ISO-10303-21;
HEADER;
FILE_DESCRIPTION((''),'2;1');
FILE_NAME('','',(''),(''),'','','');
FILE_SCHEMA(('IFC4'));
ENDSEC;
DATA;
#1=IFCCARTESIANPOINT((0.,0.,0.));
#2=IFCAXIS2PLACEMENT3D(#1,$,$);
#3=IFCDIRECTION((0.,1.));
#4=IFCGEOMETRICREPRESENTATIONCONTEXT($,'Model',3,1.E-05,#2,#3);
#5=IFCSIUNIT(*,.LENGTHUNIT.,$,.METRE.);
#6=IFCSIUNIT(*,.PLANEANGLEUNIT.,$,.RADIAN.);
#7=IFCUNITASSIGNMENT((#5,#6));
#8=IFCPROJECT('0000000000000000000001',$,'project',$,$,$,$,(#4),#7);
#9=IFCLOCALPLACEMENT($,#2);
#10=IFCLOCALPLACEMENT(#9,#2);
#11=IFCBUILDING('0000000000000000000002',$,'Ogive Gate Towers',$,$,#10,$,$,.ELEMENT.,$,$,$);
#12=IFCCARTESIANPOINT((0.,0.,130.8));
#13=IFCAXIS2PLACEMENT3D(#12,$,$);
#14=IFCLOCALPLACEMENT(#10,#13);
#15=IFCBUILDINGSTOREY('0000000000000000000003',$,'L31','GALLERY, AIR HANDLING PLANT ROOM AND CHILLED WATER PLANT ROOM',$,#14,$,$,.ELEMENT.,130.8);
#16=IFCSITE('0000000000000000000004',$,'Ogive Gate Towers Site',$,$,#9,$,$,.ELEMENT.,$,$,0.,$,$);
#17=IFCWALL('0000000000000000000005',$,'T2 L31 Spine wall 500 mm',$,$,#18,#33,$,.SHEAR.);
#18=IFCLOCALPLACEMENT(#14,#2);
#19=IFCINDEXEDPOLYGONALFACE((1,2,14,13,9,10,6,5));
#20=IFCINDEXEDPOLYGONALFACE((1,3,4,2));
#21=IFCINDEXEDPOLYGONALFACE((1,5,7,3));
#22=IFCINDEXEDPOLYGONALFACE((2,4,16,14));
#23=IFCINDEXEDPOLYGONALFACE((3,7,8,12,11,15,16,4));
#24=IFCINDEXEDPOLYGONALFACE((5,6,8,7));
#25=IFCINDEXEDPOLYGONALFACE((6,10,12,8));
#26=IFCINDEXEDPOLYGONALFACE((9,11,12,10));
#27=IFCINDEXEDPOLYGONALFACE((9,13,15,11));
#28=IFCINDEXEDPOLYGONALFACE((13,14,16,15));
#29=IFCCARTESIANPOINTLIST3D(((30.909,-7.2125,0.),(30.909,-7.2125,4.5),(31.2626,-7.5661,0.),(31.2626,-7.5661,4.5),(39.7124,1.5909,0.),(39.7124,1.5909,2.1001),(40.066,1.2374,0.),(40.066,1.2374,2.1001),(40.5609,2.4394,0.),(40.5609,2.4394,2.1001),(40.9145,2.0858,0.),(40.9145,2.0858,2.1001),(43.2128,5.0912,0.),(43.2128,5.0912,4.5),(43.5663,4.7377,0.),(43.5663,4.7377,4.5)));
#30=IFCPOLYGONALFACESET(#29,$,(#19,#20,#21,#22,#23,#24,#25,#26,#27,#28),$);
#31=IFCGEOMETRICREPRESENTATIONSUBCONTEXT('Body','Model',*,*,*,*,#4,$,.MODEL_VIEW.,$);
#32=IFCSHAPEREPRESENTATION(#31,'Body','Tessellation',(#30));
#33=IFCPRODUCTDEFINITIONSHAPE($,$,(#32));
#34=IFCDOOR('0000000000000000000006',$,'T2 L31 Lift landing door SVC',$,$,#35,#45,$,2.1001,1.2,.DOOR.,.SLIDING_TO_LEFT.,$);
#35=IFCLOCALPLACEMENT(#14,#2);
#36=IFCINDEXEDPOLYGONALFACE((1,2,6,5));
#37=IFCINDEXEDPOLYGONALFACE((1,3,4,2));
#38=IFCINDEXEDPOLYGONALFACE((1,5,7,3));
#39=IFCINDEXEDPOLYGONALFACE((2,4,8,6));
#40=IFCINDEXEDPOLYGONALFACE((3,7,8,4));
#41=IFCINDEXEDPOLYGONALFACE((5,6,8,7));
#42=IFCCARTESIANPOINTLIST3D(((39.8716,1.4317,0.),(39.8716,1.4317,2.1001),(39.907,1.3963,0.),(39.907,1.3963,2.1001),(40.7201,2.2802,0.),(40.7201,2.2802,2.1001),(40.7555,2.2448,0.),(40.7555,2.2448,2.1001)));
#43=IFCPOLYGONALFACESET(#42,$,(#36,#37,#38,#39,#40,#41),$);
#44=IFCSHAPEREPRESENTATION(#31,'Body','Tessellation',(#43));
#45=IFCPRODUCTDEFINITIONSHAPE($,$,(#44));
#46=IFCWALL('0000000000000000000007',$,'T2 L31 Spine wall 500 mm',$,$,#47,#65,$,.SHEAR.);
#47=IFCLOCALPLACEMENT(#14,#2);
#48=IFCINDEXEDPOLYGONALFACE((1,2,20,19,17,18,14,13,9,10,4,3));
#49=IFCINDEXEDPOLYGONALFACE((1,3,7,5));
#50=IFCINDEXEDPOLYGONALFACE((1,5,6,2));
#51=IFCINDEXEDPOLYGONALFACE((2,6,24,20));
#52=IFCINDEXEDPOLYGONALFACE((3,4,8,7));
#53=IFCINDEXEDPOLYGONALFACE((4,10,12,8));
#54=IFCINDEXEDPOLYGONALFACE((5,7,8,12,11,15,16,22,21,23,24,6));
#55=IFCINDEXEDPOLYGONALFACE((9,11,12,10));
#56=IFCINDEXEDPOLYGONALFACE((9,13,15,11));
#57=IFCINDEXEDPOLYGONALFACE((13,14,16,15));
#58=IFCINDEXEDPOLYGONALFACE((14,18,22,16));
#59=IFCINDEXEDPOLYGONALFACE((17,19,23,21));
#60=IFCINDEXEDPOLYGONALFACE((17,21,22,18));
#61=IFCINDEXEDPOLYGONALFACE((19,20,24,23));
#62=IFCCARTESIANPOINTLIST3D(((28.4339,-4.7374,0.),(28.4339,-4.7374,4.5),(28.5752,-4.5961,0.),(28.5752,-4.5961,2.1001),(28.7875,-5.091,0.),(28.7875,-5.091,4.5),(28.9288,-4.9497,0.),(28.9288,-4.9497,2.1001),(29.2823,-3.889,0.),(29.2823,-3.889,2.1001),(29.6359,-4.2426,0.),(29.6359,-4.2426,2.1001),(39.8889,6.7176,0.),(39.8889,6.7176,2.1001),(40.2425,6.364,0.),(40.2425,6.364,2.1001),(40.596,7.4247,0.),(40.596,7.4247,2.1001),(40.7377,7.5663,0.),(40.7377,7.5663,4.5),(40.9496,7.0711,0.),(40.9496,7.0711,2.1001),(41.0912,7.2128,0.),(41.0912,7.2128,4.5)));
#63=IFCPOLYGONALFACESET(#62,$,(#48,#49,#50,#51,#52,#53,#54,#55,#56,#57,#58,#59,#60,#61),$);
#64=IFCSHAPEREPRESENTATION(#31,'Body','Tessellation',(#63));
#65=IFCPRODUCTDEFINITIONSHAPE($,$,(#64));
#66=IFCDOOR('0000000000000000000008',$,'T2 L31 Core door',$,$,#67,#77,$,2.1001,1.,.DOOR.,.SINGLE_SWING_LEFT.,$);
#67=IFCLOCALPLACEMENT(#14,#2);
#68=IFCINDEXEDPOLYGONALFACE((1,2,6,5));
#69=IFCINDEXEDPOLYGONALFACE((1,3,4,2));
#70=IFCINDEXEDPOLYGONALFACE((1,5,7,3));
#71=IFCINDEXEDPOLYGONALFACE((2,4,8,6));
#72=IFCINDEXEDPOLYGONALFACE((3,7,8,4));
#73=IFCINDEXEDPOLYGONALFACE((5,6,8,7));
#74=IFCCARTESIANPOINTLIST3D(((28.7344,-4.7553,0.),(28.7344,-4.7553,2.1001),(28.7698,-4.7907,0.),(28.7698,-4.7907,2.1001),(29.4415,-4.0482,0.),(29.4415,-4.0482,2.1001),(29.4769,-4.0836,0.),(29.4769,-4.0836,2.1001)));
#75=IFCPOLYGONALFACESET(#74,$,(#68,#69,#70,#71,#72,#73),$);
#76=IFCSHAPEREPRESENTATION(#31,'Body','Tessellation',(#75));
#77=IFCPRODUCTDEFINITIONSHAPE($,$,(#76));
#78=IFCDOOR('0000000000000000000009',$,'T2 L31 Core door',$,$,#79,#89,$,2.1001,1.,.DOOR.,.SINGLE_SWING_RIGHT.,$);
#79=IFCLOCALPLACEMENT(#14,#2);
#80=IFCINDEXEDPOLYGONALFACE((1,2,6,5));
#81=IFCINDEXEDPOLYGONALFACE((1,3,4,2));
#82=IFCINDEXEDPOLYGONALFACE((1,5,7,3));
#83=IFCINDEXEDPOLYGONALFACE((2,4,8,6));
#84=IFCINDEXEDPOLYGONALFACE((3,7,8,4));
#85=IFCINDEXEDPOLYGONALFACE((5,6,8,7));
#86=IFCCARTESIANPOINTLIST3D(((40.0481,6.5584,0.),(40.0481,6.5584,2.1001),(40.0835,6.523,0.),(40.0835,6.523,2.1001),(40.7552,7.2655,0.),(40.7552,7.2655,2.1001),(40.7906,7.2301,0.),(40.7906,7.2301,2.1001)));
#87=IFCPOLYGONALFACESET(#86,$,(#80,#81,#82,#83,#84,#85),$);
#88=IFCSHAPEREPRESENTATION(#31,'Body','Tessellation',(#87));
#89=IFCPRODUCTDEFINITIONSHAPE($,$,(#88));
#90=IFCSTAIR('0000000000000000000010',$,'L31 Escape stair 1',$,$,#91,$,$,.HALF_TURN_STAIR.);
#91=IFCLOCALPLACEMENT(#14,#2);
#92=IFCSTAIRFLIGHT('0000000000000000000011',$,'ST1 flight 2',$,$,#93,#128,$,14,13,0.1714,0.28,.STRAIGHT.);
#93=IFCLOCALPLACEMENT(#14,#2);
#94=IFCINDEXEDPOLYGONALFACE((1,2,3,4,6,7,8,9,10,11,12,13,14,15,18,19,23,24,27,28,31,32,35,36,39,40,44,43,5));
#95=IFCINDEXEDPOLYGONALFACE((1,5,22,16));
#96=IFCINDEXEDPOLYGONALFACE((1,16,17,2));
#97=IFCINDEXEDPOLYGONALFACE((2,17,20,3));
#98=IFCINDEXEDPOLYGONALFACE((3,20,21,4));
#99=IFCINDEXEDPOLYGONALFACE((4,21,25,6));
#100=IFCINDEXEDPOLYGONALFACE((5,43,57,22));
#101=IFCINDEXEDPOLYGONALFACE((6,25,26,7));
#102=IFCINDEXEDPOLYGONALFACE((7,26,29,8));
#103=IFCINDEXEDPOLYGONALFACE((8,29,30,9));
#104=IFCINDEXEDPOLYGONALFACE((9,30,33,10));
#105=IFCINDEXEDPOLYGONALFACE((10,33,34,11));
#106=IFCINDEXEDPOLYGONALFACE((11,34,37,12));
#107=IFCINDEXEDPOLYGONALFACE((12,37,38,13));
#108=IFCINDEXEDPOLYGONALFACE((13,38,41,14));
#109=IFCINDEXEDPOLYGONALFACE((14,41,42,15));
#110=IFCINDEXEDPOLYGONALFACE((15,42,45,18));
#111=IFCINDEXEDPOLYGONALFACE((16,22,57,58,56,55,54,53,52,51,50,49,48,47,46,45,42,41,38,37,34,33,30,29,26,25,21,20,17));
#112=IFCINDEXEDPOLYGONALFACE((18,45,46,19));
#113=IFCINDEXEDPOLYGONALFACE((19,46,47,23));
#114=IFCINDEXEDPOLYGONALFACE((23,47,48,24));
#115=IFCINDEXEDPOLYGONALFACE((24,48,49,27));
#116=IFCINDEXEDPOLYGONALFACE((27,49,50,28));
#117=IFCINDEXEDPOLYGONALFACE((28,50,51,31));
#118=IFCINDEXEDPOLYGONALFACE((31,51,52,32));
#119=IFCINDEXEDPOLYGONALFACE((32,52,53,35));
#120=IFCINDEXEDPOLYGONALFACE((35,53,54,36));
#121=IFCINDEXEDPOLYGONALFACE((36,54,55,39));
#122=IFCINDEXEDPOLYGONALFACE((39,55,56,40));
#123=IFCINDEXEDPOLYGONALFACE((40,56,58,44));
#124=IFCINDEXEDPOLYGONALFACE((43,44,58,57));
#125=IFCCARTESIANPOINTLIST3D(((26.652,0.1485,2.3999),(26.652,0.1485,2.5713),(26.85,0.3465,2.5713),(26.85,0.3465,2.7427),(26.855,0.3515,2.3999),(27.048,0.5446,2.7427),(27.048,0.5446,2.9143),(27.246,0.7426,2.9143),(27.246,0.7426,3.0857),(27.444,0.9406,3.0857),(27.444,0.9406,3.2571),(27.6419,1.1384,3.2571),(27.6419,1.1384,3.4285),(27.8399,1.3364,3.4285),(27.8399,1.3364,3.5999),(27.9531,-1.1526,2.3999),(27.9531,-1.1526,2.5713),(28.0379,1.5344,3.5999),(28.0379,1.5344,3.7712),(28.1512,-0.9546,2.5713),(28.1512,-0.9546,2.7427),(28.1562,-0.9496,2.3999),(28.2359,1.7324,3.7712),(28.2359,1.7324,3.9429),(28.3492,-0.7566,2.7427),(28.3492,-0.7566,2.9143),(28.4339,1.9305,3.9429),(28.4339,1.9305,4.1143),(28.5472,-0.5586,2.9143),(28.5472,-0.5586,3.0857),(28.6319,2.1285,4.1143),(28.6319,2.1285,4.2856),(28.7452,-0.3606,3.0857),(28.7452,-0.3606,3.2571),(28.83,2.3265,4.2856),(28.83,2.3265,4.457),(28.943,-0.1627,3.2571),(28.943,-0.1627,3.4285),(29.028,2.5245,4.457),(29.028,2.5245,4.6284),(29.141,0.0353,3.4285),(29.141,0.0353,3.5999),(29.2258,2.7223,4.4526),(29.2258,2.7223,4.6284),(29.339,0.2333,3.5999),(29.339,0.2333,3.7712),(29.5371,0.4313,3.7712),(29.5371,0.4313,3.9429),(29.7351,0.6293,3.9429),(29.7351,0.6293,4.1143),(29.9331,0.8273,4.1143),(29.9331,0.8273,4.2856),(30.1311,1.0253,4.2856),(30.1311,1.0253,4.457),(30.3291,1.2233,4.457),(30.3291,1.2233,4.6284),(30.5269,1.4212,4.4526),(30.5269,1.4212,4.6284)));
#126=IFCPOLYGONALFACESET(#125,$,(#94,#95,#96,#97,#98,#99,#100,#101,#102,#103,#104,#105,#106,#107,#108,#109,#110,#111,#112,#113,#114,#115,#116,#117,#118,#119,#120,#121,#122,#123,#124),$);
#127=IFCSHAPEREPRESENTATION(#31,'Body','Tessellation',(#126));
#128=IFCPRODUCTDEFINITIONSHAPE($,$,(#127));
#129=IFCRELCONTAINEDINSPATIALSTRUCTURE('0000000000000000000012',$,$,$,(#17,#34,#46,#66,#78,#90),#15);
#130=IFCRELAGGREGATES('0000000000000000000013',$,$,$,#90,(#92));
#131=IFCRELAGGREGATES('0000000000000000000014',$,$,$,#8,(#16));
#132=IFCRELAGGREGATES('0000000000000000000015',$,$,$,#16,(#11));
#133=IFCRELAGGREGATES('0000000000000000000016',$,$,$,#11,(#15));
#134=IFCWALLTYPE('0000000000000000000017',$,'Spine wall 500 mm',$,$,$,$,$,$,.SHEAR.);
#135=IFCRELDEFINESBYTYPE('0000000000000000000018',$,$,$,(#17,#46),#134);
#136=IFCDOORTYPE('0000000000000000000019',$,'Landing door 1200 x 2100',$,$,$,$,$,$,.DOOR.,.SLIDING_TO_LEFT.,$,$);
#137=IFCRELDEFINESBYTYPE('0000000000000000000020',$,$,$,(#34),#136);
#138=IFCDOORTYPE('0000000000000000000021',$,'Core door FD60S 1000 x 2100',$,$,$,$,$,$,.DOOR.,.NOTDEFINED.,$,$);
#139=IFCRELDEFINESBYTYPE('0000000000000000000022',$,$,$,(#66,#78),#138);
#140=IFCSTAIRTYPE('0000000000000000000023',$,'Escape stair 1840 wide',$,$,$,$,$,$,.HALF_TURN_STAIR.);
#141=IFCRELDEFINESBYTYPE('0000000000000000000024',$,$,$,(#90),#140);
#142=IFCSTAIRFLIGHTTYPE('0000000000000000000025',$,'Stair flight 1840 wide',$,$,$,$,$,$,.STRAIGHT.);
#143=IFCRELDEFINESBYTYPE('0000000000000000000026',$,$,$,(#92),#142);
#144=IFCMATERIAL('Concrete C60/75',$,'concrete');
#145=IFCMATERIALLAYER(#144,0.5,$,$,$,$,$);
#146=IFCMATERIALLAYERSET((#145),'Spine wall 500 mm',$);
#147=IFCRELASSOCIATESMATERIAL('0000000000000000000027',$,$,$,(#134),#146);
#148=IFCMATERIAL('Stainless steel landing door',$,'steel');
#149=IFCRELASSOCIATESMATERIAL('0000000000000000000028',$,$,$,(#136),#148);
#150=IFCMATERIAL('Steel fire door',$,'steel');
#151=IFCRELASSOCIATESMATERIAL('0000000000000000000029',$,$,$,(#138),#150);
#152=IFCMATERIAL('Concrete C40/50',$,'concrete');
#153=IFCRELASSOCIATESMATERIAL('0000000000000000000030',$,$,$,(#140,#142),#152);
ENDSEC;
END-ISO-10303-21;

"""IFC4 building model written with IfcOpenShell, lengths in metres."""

from ifc_helpers import new_model, si_unit, direction, frame, frame_2d, origin, place, context, subcontext, project, spatial, polyline, rectangle, outline, extrude, material, layer, layer_set, type_object, element, fill, aggregate, save


model = new_model("IFC4")

# Units and contexts
model_context = context("Model", 3, precision=1e-05, world=origin(), true_north=direction((0.0, 1.0)))
body_context = subcontext(model_context, "Body", "Model", "MODEL_VIEW")
ifc_project = project(units=[si_unit("LENGTHUNIT", "METRE"), si_unit("PLANEANGLEUNIT", "RADIAN")], contexts=[model_context])

# Site, building, storey
site_placement = place(None, origin())
site = spatial("IfcSite", under=ifc_project, at=site_placement, Name="Ogive Gate Towers Site", CompositionType="ELEMENT", RefElevation=0.0)
building_placement = place(site_placement, origin())
building = spatial("IfcBuilding", under=site, at=building_placement, Name="Ogive Gate Towers", CompositionType="ELEMENT")
storey_placement = place(building_placement, frame((0.0, 0.0, 130.8)))
storey = spatial("IfcBuildingStorey", under=building, at=storey_placement, Name="L31", Description="GALLERY, AIR HANDLING PLANT ROOM AND CHILLED WATER PLANT ROOM", CompositionType="ELEMENT", Elevation=130.8)

# Shared definitions
ifc_material_1 = material(Name="Steel fire door", Category="steel")

# Shared definitions
ifc_material_2 = material(Name="Concrete C60/75", Category="concrete")

# Wall, opening, door
ifc_layer_1 = layer(ifc_material_2, 0.5)
ifc_layer_set_1 = layer_set([ifc_layer_1], Name="Spine wall 500 mm")
wall_type_1 = type_object("IfcWallType", Name="Spine wall 500 mm", PredefinedType="SHEAR", material=ifc_layer_set_1)
wall_1_placement = place(storey_placement, frame((31.0857, -7.3894, 0.0), z_axis=(0.0, 0.0, 1.0), x_axis=(0.707107, 0.707107, 0.0)))
wall_1 = element("IfcWall", 1, at=wall_1_placement, inside=storey, type_object=wall_type_1, Name="T2 L31 Spine wall 500 mm", PredefinedType="SHEAR", context=body_context, shape_type="SweptSolid", body=[
    extrude(rectangle(XDim=17.4001, YDim=0.5, at=frame_2d((8.7002, 0.0))), origin(), (0.0, 0.0, 1.0), 4.5),
])
opening_1_placement = place(wall_1_placement, frame((12.45, 0.0, 0.0)))
opening_1 = element("IfcOpeningElement", 2, at=opening_1_placement, cuts=wall_1, PredefinedType="OPENING", context=body_context, shape_type="SweptSolid", body=[
    extrude(rectangle(XDim=1.2, YDim=2.1001, at=frame_2d((0.6001, 1.05))), frame((0.0, 0.26, 0.0), z_axis=(0.0, -1.0, 0.0), x_axis=(1.0, 0.0, 0.0)), (0.0, 0.0, 1.0), 0.52),
])
ifc_material_3 = material(Name="Stainless steel landing door", Category="steel")
door_type_1 = type_object("IfcDoorType", Name="Landing door 1200 x 2100", OperationType="SLIDING_TO_LEFT", PredefinedType="DOOR", material=ifc_material_3)
door_1_placement = place(opening_1_placement, origin())
door_1 = element("IfcDoor", 3, at=door_1_placement, inside=storey, type_object=door_type_1, Name="T2 L31 Lift landing door SVC", OperationType="SLIDING_TO_LEFT", OverallHeight=2.1001, OverallWidth=1.2, PredefinedType="DOOR", context=body_context, shape_type="SweptSolid", body=[
    extrude(rectangle(XDim=1.2, YDim=2.1001, at=frame_2d((0.6001, 1.05))), frame((0.0, 0.0249, 0.0), z_axis=(0.0, -1.0, 0.0), x_axis=(1.0, 0.0, 0.0)), (0.0, 0.0, 1.0), 0.05),
])
fill(opening_1, door_1)

# Wall, openings, doors
wall_2_placement = place(storey_placement, frame((28.6106, -4.9143, 0.0), z_axis=(0.0, 0.0, 1.0), x_axis=(0.707107, 0.707107, 0.0)))
wall_2 = element("IfcWall", 4, at=wall_2_placement, inside=storey, type_object=wall_type_1, Name="T2 L31 Spine wall 500 mm", PredefinedType="SHEAR", context=body_context, shape_type="SweptSolid", body=[
    extrude(rectangle(XDim=17.4001, YDim=0.5, at=frame_2d((8.7002, 0.0))), origin(), (0.0, 0.0, 1.0), 4.5),
])
opening_2_placement = place(wall_2_placement, frame((0.2, 0.0, 0.0)))
opening_2 = element("IfcOpeningElement", 5, at=opening_2_placement, cuts=wall_2, PredefinedType="OPENING", context=body_context, shape_type="SweptSolid", body=[
    extrude(rectangle(XDim=1.0, YDim=2.1001, at=frame_2d((0.5, 1.05))), frame((0.0, 0.26, 0.0), z_axis=(0.0, -1.0, 0.0), x_axis=(1.0, 0.0, 0.0)), (0.0, 0.0, 1.0), 0.52),
])
opening_3_placement = place(wall_2_placement, frame((16.2, 0.0, 0.0)))
opening_3 = element("IfcOpeningElement", 6, at=opening_3_placement, cuts=wall_2, PredefinedType="OPENING", context=body_context, shape_type="SweptSolid", body=[
    extrude(rectangle(XDim=1.0, YDim=2.1001, at=frame_2d((0.5, 1.05))), frame((0.0, 0.26, 0.0), z_axis=(0.0, -1.0, 0.0), x_axis=(1.0, 0.0, 0.0)), (0.0, 0.0, 1.0), 0.52),
])
door_type_2 = type_object("IfcDoorType", Name="Core door FD60S 1000 x 2100", OperationType="NOTDEFINED", PredefinedType="DOOR", material=ifc_material_1)
door_2_placement = place(opening_2_placement, origin())
door_2 = element("IfcDoor", 7, at=door_2_placement, inside=storey, type_object=door_type_2, Name="T2 L31 Core door", OperationType="SINGLE_SWING_LEFT", OverallHeight=2.1001, OverallWidth=1.0, PredefinedType="DOOR", context=body_context, shape_type="SweptSolid", body=[
    extrude(rectangle(XDim=1.0, YDim=2.1001, at=frame_2d((0.5, 1.05))), frame((0.0, 0.0249, 0.0), z_axis=(0.0, -1.0, 0.0), x_axis=(1.0, 0.0, 0.0)), (0.0, 0.0, 1.0), 0.05),
])
fill(opening_2, door_2)
door_3_placement = place(opening_3_placement, origin())
door_3 = element("IfcDoor", 8, at=door_3_placement, inside=storey, type_object=door_type_2, Name="T2 L31 Core door", OperationType="SINGLE_SWING_RIGHT", OverallHeight=2.1001, OverallWidth=1.0, PredefinedType="DOOR", context=body_context, shape_type="SweptSolid", body=[
    extrude(rectangle(XDim=1.0, YDim=2.1001, at=frame_2d((0.5, 1.05))), frame((0.0, 0.0249, 0.0), z_axis=(0.0, -1.0, 0.0), x_axis=(1.0, 0.0, 0.0)), (0.0, 0.0, 1.0), 0.05),
])
fill(opening_3, door_3)

# Stair, stair flight
ifc_material_4 = material(Name="Concrete C40/50", Category="concrete")
stair_type = type_object("IfcStairType", Name="Escape stair 1840 wide", PredefinedType="HALF_TURN_STAIR", material=ifc_material_4)
stair_placement = place(storey_placement, origin())
stair = element("IfcStair", 9, at=stair_placement, inside=storey, type_object=stair_type, Name="L31 Escape stair 1", PredefinedType="HALF_TURN_STAIR")
stair_flight_type = type_object("IfcStairFlightType", Name="Stair flight 1840 wide", PredefinedType="STRAIGHT", material=ifc_material_4)
stair_flight_placement = place(storey_placement, frame((27.3025, -0.502, 2.3999), z_axis=(0.0, 0.0, 1.0), x_axis=(0.707107, 0.707107, 0.0)))
stair_flight = element("IfcStairFlight", 10, at=stair_flight_placement, type_object=stair_flight_type, Name="ST1 flight 2", NumberOfRisers=14, NumberOfTreads=13, PredefinedType="STRAIGHT", RiserHeight=0.1714, TreadLength=0.28, context=body_context, shape_type="SweptSolid", body=[
    extrude(outline(polyline([(0.0, 0.0), (0.0, 0.1714), (0.28, 0.1714), (0.28, 0.3428), (0.5601, 0.3428), (0.5601, 0.5144), (0.8401, 0.5144), (0.8401, 0.6858), (1.1201, 0.6858), (1.1201, 0.8572), (1.3999, 0.8572), (1.3999, 1.0286), (1.6799, 1.0286), (1.6799, 1.2), (1.96, 1.2), (1.96, 1.3713), (2.24, 1.3713), (2.24, 1.543), (2.52, 1.543), (2.52, 1.7144), (2.8, 1.7144), (2.8, 1.8857), (3.0801, 1.8857), (3.0801, 2.0571), (3.3601, 2.0571), (3.3601, 2.2285), (3.6399, 2.2285), (3.6399, 2.3999), (3.6399, 2.0527), (0.2871, 0.0), (0.0, 0.0)])), frame((0.0, 0.9199, 0.0), z_axis=(0.0, -1.0, 0.0), x_axis=(1.0, 0.0, 0.0)), (0.0, 0.0, 1.0), 1.8401),
])
aggregate(stair, [stair_flight])

save(model, "model.ifc")
